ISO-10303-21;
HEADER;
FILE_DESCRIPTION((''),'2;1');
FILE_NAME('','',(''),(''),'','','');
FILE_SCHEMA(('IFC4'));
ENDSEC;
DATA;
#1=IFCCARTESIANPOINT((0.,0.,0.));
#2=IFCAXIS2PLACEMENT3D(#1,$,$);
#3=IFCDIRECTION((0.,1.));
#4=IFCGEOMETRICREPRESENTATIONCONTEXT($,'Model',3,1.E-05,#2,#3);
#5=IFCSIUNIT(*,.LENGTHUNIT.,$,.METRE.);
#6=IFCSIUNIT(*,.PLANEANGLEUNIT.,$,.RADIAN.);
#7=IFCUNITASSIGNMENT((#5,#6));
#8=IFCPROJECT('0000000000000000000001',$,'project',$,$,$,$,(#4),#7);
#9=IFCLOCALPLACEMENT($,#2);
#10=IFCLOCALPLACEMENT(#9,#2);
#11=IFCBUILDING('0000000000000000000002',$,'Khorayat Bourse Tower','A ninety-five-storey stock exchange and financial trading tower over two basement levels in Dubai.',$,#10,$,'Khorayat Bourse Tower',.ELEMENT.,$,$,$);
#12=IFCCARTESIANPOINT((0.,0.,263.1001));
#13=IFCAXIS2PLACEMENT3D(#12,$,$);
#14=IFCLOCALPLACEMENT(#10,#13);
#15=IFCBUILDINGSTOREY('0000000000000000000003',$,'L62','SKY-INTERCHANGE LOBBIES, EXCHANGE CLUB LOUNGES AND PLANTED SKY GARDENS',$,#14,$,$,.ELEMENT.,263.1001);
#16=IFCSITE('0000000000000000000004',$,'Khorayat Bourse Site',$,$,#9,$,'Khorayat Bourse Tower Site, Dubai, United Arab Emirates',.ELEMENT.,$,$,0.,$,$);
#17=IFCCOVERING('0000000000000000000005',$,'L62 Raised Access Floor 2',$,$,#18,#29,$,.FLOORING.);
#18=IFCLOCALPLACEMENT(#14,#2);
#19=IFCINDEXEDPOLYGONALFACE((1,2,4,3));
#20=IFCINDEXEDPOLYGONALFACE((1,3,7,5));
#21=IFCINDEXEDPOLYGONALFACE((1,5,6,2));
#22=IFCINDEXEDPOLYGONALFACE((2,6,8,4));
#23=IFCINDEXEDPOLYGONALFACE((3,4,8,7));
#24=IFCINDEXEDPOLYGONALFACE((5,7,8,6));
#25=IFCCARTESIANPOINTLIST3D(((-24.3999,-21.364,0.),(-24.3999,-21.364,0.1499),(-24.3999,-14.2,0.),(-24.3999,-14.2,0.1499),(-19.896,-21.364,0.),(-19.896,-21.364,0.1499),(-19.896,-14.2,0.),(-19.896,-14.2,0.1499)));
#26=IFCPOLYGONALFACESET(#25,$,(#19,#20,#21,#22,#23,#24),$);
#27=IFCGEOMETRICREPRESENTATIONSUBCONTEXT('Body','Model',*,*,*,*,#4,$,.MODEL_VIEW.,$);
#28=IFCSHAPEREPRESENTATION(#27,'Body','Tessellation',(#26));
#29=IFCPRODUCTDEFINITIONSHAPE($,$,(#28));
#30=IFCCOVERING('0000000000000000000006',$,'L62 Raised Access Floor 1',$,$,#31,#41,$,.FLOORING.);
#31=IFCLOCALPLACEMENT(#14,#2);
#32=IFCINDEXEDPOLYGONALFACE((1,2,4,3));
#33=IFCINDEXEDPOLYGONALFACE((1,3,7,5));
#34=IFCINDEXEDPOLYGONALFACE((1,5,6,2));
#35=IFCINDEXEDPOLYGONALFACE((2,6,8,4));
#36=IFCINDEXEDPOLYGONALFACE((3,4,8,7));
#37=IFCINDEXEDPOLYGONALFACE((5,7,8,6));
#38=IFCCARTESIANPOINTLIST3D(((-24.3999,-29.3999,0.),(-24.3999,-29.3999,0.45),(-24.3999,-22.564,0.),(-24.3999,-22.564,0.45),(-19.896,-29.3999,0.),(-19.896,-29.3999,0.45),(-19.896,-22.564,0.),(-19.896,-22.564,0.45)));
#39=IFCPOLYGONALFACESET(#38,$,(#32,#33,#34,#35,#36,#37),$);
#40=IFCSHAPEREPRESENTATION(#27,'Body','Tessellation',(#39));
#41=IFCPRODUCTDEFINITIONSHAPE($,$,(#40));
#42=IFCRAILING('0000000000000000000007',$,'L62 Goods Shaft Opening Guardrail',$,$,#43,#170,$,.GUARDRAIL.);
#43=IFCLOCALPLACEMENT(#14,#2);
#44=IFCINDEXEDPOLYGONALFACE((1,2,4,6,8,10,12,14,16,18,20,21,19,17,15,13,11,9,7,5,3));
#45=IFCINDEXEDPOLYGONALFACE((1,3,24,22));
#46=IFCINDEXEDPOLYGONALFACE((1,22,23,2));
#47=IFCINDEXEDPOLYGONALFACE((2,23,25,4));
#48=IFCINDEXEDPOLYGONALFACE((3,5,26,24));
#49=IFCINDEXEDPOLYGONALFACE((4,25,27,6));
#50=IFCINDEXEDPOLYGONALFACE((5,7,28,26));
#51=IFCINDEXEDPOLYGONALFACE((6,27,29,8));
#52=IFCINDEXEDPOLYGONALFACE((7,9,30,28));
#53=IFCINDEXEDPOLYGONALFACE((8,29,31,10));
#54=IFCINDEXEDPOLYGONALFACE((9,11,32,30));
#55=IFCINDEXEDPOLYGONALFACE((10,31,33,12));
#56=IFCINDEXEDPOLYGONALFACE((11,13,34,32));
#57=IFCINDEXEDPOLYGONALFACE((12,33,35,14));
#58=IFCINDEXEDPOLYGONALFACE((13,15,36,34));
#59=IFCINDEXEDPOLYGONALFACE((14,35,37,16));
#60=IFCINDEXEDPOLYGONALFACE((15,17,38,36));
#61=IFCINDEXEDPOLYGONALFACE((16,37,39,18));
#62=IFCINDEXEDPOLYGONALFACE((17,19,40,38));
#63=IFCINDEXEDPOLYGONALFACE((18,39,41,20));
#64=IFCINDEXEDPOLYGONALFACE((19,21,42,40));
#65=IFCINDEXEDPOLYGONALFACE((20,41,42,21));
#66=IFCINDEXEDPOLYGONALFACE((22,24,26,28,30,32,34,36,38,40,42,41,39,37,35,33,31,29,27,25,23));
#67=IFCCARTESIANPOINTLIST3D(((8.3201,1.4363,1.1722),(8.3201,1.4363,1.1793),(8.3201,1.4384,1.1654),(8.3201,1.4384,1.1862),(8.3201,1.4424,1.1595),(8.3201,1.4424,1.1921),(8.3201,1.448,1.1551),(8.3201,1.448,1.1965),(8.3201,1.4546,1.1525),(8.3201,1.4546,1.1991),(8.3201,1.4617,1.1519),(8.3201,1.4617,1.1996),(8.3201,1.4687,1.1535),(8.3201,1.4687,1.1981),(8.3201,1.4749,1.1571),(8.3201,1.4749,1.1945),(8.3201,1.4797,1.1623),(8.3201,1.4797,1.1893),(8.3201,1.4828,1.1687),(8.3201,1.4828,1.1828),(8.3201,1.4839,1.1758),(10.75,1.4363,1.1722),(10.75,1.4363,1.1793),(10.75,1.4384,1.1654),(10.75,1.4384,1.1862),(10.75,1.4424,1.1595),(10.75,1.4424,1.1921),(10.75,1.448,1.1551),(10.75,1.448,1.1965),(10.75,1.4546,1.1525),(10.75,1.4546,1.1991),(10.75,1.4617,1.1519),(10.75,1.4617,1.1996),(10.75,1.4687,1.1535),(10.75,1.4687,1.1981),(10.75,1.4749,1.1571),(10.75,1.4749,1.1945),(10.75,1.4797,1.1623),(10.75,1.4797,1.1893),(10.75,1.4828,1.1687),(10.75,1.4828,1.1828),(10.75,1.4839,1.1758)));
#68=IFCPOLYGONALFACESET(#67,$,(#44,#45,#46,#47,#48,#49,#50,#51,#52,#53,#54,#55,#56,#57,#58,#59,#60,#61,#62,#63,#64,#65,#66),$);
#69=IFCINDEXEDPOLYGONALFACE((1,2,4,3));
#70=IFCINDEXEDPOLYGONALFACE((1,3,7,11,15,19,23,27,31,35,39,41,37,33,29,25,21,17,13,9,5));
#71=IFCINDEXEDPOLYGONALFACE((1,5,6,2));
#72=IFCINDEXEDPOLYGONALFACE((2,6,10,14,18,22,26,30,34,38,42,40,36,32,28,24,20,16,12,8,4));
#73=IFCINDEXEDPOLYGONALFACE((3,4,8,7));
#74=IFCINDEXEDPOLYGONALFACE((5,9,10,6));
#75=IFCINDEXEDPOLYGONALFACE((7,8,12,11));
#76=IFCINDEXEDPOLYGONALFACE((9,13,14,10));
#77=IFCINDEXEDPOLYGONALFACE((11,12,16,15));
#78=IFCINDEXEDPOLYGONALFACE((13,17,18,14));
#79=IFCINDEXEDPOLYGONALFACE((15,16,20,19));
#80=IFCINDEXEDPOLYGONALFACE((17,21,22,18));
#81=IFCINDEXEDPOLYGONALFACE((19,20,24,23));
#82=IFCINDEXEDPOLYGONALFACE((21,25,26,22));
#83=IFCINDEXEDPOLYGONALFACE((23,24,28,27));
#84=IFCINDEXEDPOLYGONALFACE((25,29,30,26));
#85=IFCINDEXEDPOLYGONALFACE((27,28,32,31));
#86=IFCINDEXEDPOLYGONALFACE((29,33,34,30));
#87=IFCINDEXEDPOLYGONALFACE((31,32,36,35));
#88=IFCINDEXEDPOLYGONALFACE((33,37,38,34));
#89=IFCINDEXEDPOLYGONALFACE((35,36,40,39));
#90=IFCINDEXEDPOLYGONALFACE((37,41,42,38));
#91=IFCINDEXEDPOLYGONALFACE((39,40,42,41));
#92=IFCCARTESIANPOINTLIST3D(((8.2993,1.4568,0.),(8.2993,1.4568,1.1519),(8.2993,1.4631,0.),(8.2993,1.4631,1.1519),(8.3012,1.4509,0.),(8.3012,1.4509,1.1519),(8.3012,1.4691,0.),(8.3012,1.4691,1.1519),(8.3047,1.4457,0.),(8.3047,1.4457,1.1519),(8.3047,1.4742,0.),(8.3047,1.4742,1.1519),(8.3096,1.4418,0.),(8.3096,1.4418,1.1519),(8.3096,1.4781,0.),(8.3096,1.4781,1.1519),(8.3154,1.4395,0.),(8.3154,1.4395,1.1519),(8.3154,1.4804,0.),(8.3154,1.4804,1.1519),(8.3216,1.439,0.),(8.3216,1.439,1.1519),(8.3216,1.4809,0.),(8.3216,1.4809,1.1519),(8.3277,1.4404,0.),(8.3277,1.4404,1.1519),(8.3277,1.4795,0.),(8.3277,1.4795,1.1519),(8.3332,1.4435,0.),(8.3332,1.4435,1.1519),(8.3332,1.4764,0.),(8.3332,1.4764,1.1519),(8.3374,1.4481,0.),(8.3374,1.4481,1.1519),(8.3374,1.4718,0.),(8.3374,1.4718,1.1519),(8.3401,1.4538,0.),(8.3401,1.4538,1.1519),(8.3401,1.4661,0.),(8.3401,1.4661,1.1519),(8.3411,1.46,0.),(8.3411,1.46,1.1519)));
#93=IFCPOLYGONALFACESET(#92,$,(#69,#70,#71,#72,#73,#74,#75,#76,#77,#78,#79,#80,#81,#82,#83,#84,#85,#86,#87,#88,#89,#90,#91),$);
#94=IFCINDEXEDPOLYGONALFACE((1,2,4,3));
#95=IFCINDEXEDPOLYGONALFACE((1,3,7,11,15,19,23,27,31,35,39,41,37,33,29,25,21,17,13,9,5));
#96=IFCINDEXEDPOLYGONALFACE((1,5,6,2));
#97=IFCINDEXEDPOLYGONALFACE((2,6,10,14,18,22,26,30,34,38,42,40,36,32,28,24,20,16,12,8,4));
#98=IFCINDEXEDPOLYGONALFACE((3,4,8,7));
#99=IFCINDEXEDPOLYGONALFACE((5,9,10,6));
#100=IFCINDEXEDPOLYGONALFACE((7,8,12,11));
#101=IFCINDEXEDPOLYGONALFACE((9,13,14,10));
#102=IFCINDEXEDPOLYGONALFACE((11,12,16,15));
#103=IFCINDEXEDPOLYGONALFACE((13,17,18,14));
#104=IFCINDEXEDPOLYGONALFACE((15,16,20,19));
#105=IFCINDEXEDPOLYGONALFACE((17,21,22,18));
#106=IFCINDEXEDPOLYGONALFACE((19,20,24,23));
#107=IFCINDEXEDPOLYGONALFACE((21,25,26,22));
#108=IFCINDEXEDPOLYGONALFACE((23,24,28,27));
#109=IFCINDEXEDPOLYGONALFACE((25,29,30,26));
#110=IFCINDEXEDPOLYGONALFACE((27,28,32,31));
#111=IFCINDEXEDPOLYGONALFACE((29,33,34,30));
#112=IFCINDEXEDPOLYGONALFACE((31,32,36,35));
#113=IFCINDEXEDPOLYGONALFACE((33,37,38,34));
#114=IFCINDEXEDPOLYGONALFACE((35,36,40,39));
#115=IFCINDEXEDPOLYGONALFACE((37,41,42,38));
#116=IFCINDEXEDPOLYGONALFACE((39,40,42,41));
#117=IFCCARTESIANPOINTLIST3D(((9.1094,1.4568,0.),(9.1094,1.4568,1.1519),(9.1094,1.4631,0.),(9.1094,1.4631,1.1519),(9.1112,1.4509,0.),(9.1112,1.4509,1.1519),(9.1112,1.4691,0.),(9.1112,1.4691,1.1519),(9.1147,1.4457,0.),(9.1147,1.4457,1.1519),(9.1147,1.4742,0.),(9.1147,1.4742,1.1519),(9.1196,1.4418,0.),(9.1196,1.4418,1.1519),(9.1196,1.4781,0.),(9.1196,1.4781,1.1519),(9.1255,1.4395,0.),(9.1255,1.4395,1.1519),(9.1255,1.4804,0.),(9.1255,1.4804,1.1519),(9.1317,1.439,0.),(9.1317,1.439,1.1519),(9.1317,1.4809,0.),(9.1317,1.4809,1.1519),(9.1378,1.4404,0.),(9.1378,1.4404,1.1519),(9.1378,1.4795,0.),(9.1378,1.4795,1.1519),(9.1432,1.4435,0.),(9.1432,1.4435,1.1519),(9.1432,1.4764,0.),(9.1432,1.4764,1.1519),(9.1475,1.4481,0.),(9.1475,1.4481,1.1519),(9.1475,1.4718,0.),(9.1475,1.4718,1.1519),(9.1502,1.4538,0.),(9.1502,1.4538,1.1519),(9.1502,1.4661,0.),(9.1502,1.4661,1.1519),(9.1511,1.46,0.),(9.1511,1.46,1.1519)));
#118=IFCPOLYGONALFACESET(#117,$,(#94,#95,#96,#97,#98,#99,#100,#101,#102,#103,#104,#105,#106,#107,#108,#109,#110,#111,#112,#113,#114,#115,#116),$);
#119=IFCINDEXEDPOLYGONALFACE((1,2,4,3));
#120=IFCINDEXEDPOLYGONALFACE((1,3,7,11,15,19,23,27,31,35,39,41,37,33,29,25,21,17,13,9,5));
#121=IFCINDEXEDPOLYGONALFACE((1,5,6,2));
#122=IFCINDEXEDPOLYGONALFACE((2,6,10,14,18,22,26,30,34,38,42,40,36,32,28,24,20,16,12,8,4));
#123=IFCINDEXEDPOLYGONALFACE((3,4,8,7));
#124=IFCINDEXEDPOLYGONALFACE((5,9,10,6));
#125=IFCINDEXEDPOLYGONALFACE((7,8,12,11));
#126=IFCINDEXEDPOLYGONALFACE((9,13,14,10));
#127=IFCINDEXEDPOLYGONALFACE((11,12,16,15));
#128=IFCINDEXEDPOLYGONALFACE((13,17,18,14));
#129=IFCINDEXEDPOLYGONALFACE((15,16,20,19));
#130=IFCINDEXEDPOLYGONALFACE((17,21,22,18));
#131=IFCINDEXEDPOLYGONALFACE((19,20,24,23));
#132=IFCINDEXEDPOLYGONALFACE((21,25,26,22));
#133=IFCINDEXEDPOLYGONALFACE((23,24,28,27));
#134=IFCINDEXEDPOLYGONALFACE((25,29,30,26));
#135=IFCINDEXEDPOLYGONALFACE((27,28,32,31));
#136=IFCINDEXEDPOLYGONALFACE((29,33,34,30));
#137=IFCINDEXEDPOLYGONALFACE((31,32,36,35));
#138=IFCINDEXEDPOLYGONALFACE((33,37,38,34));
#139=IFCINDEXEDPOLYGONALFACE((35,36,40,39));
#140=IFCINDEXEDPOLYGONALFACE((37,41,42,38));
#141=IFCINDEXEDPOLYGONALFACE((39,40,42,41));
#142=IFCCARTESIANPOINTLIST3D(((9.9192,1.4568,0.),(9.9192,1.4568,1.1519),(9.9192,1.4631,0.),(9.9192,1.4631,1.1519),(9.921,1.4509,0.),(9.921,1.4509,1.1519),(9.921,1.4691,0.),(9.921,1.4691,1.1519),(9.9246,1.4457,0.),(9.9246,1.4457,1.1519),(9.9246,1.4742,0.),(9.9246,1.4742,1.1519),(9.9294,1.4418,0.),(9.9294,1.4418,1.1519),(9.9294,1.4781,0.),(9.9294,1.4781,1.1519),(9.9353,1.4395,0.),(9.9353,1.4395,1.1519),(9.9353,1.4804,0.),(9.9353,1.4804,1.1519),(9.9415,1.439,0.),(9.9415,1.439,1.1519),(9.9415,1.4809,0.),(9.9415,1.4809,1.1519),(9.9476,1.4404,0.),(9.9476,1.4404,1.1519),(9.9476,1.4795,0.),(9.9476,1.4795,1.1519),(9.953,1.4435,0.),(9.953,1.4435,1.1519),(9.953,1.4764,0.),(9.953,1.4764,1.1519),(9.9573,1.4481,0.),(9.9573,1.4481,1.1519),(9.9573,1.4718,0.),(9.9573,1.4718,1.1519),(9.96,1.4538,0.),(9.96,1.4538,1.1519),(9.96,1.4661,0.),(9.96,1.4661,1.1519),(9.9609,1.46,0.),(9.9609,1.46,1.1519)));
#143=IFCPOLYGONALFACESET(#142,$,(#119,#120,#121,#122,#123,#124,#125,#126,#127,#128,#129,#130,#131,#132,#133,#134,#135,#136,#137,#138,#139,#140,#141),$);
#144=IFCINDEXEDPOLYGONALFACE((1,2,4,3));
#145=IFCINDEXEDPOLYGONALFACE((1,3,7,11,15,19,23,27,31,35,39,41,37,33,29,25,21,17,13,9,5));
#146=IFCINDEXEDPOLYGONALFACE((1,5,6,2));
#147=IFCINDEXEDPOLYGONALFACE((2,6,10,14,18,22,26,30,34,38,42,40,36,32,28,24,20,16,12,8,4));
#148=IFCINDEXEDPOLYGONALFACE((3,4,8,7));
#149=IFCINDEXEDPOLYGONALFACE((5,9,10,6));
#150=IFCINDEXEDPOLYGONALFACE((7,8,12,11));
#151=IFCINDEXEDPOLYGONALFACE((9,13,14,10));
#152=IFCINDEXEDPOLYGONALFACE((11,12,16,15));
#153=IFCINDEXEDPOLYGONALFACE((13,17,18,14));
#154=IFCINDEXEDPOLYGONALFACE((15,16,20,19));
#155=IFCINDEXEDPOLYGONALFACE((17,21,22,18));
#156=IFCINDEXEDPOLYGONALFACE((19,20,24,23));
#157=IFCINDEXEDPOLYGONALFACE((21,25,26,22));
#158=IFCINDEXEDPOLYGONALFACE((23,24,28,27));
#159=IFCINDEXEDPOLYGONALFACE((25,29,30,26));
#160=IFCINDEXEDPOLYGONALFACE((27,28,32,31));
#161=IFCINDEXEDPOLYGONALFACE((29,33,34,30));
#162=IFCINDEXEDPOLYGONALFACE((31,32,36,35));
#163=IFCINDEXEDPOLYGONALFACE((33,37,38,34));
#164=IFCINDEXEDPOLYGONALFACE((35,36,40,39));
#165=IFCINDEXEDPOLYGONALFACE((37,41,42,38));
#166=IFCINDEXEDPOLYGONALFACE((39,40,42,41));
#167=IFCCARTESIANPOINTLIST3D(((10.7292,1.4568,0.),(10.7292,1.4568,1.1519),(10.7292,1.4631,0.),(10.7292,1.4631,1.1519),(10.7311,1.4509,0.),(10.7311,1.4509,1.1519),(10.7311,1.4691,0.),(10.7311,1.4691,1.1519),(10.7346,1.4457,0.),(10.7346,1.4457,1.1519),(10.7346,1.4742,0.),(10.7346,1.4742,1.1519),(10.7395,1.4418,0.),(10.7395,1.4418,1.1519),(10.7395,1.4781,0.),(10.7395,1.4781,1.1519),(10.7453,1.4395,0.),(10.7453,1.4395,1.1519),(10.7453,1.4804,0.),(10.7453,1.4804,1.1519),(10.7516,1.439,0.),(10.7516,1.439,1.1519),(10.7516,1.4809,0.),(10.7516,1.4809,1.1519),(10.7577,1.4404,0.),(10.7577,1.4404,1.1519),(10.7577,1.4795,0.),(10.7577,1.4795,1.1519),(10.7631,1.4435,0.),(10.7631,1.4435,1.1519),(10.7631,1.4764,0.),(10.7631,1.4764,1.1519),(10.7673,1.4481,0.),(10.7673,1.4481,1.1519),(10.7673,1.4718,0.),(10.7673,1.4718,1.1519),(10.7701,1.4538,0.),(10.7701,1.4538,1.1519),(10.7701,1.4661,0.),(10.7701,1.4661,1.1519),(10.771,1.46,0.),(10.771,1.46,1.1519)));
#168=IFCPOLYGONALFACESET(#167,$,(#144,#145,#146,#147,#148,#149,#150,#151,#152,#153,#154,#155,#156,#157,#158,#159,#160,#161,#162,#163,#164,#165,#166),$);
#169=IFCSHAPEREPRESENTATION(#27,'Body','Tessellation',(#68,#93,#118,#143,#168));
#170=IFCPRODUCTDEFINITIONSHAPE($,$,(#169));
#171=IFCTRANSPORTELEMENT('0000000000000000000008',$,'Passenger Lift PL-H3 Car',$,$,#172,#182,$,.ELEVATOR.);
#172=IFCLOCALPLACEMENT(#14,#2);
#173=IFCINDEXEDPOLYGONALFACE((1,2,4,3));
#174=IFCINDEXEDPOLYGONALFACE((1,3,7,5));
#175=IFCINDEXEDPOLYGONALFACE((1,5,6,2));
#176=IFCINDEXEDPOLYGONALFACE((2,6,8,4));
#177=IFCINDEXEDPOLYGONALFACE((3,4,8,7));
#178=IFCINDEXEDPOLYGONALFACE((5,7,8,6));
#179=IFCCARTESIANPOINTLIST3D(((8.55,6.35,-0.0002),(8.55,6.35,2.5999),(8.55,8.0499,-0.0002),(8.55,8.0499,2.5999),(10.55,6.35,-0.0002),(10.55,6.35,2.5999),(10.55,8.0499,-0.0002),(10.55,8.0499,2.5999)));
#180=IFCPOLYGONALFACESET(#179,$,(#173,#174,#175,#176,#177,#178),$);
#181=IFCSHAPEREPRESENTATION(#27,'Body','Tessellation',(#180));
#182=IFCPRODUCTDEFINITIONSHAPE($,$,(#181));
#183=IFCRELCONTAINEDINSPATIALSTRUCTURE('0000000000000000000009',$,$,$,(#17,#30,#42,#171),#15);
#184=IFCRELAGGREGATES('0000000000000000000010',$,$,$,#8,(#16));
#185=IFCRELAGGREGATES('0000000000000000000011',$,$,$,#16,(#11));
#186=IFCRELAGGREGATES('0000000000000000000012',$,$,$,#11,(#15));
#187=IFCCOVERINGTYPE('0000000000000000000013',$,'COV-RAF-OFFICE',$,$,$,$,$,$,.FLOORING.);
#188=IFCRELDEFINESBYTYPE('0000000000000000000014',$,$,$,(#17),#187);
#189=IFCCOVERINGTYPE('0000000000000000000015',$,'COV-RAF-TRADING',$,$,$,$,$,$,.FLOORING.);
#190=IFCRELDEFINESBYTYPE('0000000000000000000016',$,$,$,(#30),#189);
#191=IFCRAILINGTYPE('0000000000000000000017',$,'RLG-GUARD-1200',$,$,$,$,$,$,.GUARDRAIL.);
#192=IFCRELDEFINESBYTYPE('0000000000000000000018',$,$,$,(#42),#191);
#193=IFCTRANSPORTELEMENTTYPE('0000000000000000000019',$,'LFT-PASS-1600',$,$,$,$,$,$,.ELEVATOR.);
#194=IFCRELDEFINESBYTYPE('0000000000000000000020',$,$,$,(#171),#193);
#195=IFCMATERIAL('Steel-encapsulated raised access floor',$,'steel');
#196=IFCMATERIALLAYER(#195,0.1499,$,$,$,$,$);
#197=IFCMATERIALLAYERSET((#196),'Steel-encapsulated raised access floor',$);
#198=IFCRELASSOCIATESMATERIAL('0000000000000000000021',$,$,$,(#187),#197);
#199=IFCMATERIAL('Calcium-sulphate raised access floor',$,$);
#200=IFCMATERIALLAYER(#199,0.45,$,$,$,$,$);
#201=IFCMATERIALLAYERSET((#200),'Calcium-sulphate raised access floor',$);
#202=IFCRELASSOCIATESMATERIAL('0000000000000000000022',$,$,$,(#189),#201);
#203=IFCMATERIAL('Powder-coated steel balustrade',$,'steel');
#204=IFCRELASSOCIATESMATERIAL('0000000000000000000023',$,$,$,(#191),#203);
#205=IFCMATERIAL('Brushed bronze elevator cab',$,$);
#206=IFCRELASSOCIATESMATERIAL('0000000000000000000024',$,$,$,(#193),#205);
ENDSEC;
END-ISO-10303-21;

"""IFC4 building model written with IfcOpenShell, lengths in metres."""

from ifc_helpers import new_model, si_unit, direction, frame, origin, origin_2d, place, context, subcontext, project, spatial, polyline, rectangle, circle, outline, extrude, source, transform, mapped, material, layer, layer_set, type_object, element, save


model = new_model("IFC4")

# Units and contexts
model_context = context("Model", 3, precision=1e-05, world=origin(), true_north=direction((0.0, 1.0)))
body_context = subcontext(model_context, "Body", "Model", "MODEL_VIEW")
ifc_project = project(units=[si_unit("LENGTHUNIT", "METRE"), si_unit("PLANEANGLEUNIT", "RADIAN")], contexts=[model_context])

# Site, building, storey
site_placement = place(None, origin())
site = spatial("IfcSite", under=ifc_project, at=site_placement, Name="Khorayat Bourse Site", LongName="Khorayat Bourse Tower Site, Dubai, United Arab Emirates", CompositionType="ELEMENT", RefElevation=0.0)
building_placement = place(site_placement, origin())
building = spatial("IfcBuilding", under=site, at=building_placement, Name="Khorayat Bourse Tower", Description="A ninety-five-storey stock exchange and financial trading tower over two basement levels in Dubai.", LongName="Khorayat Bourse Tower", CompositionType="ELEMENT")
storey_placement = place(building_placement, frame((0.0, 0.0, 263.1001)))
storey = spatial("IfcBuildingStorey", under=building, at=storey_placement, Name="L62", Description="SKY-INTERCHANGE LOBBIES, EXCHANGE CLUB LOUNGES AND PLANTED SKY GARDENS", CompositionType="ELEMENT", Elevation=263.1001)

# Coverings
ifc_material_1 = material(Name="Steel-encapsulated raised access floor", Category="steel")
ifc_layer_1 = layer(ifc_material_1, 0.1499)
ifc_layer_set_1 = layer_set([ifc_layer_1], Name="Steel-encapsulated raised access floor")
covering_type_1 = type_object("IfcCoveringType", Name="COV-RAF-OFFICE", PredefinedType="FLOORING", material=ifc_layer_set_1)
covering_1_placement = place(storey_placement, origin())
element("IfcCovering", 1, at=covering_1_placement, inside=storey, type_object=covering_type_1, Name="L62 Raised Access Floor 2", PredefinedType="FLOORING", context=body_context, shape_type="SweptSolid", body=[
    extrude(outline(polyline([(-24.3999, -21.364), (-19.896, -21.364), (-19.896, -14.2), (-24.3999, -14.2), (-24.3999, -21.364)])), origin(), (0.0, 0.0, 1.0), 0.1499),
])
ifc_material_2 = material(Name="Calcium-sulphate raised access floor")
ifc_layer_2 = layer(ifc_material_2, 0.45)
ifc_layer_set_2 = layer_set([ifc_layer_2], Name="Calcium-sulphate raised access floor")
covering_type_2 = type_object("IfcCoveringType", Name="COV-RAF-TRADING", PredefinedType="FLOORING", material=ifc_layer_set_2)
covering_2_placement = place(storey_placement, origin())
element("IfcCovering", 2, at=covering_2_placement, inside=storey, type_object=covering_type_2, Name="L62 Raised Access Floor 1", PredefinedType="FLOORING", context=body_context, shape_type="SweptSolid", body=[
    extrude(outline(polyline([(-24.3999, -29.3999), (-19.896, -29.3999), (-19.896, -22.564), (-24.3999, -22.564), (-24.3999, -29.3999)])), origin(), (0.0, 0.0, 1.0), 0.45),
])

# Railing
ifc_material_3 = material(Name="Powder-coated steel balustrade", Category="steel")
railing_type = type_object("IfcRailingType", Name="RLG-GUARD-1200", PredefinedType="GUARDRAIL", material=ifc_material_3)
shared_shape_1 = source(origin(), body_context, "Body", "SweptSolid", [
    extrude(circle(Radius=0.0239, at=origin_2d()), frame((0.0, 0.0, 1.1758), z_axis=(1.0, 0.0, 0.0), x_axis=(0.0, 1.0, 0.0)), (0.0, 0.0, 1.0), 2.4299),
    extrude(circle(Radius=0.021, at=origin_2d()), origin(), (0.0, 0.0, 1.0), 1.1519),
    extrude(circle(Radius=0.021, at=origin_2d()), frame((0.8101, 0.0, 0.0)), (0.0, 0.0, 1.0), 1.1519),
    extrude(circle(Radius=0.021, at=origin_2d()), frame((1.6199, 0.0, 0.0)), (0.0, 0.0, 1.0), 1.1519),
    extrude(circle(Radius=0.021, at=origin_2d()), frame((2.4299, 0.0, 0.0)), (0.0, 0.0, 1.0), 1.1519),
])
railing_placement = place(storey_placement, frame((8.3201, 1.46, 0.0)))
element("IfcRailing", 3, at=railing_placement, inside=storey, type_object=railing_type, Name="L62 Goods Shaft Opening Guardrail", PredefinedType="GUARDRAIL", context=body_context, shape_type="MappedRepresentation", body=[
    mapped(shared_shape_1, transform((0.0, 0.0, 0.0), scale=1.0)),
])

# Transport element
ifc_material_4 = material(Name="Brushed bronze elevator cab")
transport_element_type = type_object("IfcTransportElementType", Name="LFT-PASS-1600", PredefinedType="ELEVATOR", material=ifc_material_4)
shared_shape_2 = source(origin(), body_context, "Body", "SweptSolid", [
    extrude(rectangle(XDim=2.0, YDim=1.7, at=origin_2d()), origin(), (0.0, 0.0, 1.0), 2.6001),
])
transport_element_placement = place(storey_placement, frame((9.55, 7.2, -0.0002), z_axis=(0.0, 0.0, 1.0), x_axis=(1.0, 0.0, 0.0)))
element("IfcTransportElement", 4, at=transport_element_placement, inside=storey, type_object=transport_element_type, Name="Passenger Lift PL-H3 Car", PredefinedType="ELEVATOR", context=body_context, shape_type="MappedRepresentation", body=[
    mapped(shared_shape_2, transform((0.0, 0.0, 0.0), scale=1.0)),
])

save(model, "model.ifc")
